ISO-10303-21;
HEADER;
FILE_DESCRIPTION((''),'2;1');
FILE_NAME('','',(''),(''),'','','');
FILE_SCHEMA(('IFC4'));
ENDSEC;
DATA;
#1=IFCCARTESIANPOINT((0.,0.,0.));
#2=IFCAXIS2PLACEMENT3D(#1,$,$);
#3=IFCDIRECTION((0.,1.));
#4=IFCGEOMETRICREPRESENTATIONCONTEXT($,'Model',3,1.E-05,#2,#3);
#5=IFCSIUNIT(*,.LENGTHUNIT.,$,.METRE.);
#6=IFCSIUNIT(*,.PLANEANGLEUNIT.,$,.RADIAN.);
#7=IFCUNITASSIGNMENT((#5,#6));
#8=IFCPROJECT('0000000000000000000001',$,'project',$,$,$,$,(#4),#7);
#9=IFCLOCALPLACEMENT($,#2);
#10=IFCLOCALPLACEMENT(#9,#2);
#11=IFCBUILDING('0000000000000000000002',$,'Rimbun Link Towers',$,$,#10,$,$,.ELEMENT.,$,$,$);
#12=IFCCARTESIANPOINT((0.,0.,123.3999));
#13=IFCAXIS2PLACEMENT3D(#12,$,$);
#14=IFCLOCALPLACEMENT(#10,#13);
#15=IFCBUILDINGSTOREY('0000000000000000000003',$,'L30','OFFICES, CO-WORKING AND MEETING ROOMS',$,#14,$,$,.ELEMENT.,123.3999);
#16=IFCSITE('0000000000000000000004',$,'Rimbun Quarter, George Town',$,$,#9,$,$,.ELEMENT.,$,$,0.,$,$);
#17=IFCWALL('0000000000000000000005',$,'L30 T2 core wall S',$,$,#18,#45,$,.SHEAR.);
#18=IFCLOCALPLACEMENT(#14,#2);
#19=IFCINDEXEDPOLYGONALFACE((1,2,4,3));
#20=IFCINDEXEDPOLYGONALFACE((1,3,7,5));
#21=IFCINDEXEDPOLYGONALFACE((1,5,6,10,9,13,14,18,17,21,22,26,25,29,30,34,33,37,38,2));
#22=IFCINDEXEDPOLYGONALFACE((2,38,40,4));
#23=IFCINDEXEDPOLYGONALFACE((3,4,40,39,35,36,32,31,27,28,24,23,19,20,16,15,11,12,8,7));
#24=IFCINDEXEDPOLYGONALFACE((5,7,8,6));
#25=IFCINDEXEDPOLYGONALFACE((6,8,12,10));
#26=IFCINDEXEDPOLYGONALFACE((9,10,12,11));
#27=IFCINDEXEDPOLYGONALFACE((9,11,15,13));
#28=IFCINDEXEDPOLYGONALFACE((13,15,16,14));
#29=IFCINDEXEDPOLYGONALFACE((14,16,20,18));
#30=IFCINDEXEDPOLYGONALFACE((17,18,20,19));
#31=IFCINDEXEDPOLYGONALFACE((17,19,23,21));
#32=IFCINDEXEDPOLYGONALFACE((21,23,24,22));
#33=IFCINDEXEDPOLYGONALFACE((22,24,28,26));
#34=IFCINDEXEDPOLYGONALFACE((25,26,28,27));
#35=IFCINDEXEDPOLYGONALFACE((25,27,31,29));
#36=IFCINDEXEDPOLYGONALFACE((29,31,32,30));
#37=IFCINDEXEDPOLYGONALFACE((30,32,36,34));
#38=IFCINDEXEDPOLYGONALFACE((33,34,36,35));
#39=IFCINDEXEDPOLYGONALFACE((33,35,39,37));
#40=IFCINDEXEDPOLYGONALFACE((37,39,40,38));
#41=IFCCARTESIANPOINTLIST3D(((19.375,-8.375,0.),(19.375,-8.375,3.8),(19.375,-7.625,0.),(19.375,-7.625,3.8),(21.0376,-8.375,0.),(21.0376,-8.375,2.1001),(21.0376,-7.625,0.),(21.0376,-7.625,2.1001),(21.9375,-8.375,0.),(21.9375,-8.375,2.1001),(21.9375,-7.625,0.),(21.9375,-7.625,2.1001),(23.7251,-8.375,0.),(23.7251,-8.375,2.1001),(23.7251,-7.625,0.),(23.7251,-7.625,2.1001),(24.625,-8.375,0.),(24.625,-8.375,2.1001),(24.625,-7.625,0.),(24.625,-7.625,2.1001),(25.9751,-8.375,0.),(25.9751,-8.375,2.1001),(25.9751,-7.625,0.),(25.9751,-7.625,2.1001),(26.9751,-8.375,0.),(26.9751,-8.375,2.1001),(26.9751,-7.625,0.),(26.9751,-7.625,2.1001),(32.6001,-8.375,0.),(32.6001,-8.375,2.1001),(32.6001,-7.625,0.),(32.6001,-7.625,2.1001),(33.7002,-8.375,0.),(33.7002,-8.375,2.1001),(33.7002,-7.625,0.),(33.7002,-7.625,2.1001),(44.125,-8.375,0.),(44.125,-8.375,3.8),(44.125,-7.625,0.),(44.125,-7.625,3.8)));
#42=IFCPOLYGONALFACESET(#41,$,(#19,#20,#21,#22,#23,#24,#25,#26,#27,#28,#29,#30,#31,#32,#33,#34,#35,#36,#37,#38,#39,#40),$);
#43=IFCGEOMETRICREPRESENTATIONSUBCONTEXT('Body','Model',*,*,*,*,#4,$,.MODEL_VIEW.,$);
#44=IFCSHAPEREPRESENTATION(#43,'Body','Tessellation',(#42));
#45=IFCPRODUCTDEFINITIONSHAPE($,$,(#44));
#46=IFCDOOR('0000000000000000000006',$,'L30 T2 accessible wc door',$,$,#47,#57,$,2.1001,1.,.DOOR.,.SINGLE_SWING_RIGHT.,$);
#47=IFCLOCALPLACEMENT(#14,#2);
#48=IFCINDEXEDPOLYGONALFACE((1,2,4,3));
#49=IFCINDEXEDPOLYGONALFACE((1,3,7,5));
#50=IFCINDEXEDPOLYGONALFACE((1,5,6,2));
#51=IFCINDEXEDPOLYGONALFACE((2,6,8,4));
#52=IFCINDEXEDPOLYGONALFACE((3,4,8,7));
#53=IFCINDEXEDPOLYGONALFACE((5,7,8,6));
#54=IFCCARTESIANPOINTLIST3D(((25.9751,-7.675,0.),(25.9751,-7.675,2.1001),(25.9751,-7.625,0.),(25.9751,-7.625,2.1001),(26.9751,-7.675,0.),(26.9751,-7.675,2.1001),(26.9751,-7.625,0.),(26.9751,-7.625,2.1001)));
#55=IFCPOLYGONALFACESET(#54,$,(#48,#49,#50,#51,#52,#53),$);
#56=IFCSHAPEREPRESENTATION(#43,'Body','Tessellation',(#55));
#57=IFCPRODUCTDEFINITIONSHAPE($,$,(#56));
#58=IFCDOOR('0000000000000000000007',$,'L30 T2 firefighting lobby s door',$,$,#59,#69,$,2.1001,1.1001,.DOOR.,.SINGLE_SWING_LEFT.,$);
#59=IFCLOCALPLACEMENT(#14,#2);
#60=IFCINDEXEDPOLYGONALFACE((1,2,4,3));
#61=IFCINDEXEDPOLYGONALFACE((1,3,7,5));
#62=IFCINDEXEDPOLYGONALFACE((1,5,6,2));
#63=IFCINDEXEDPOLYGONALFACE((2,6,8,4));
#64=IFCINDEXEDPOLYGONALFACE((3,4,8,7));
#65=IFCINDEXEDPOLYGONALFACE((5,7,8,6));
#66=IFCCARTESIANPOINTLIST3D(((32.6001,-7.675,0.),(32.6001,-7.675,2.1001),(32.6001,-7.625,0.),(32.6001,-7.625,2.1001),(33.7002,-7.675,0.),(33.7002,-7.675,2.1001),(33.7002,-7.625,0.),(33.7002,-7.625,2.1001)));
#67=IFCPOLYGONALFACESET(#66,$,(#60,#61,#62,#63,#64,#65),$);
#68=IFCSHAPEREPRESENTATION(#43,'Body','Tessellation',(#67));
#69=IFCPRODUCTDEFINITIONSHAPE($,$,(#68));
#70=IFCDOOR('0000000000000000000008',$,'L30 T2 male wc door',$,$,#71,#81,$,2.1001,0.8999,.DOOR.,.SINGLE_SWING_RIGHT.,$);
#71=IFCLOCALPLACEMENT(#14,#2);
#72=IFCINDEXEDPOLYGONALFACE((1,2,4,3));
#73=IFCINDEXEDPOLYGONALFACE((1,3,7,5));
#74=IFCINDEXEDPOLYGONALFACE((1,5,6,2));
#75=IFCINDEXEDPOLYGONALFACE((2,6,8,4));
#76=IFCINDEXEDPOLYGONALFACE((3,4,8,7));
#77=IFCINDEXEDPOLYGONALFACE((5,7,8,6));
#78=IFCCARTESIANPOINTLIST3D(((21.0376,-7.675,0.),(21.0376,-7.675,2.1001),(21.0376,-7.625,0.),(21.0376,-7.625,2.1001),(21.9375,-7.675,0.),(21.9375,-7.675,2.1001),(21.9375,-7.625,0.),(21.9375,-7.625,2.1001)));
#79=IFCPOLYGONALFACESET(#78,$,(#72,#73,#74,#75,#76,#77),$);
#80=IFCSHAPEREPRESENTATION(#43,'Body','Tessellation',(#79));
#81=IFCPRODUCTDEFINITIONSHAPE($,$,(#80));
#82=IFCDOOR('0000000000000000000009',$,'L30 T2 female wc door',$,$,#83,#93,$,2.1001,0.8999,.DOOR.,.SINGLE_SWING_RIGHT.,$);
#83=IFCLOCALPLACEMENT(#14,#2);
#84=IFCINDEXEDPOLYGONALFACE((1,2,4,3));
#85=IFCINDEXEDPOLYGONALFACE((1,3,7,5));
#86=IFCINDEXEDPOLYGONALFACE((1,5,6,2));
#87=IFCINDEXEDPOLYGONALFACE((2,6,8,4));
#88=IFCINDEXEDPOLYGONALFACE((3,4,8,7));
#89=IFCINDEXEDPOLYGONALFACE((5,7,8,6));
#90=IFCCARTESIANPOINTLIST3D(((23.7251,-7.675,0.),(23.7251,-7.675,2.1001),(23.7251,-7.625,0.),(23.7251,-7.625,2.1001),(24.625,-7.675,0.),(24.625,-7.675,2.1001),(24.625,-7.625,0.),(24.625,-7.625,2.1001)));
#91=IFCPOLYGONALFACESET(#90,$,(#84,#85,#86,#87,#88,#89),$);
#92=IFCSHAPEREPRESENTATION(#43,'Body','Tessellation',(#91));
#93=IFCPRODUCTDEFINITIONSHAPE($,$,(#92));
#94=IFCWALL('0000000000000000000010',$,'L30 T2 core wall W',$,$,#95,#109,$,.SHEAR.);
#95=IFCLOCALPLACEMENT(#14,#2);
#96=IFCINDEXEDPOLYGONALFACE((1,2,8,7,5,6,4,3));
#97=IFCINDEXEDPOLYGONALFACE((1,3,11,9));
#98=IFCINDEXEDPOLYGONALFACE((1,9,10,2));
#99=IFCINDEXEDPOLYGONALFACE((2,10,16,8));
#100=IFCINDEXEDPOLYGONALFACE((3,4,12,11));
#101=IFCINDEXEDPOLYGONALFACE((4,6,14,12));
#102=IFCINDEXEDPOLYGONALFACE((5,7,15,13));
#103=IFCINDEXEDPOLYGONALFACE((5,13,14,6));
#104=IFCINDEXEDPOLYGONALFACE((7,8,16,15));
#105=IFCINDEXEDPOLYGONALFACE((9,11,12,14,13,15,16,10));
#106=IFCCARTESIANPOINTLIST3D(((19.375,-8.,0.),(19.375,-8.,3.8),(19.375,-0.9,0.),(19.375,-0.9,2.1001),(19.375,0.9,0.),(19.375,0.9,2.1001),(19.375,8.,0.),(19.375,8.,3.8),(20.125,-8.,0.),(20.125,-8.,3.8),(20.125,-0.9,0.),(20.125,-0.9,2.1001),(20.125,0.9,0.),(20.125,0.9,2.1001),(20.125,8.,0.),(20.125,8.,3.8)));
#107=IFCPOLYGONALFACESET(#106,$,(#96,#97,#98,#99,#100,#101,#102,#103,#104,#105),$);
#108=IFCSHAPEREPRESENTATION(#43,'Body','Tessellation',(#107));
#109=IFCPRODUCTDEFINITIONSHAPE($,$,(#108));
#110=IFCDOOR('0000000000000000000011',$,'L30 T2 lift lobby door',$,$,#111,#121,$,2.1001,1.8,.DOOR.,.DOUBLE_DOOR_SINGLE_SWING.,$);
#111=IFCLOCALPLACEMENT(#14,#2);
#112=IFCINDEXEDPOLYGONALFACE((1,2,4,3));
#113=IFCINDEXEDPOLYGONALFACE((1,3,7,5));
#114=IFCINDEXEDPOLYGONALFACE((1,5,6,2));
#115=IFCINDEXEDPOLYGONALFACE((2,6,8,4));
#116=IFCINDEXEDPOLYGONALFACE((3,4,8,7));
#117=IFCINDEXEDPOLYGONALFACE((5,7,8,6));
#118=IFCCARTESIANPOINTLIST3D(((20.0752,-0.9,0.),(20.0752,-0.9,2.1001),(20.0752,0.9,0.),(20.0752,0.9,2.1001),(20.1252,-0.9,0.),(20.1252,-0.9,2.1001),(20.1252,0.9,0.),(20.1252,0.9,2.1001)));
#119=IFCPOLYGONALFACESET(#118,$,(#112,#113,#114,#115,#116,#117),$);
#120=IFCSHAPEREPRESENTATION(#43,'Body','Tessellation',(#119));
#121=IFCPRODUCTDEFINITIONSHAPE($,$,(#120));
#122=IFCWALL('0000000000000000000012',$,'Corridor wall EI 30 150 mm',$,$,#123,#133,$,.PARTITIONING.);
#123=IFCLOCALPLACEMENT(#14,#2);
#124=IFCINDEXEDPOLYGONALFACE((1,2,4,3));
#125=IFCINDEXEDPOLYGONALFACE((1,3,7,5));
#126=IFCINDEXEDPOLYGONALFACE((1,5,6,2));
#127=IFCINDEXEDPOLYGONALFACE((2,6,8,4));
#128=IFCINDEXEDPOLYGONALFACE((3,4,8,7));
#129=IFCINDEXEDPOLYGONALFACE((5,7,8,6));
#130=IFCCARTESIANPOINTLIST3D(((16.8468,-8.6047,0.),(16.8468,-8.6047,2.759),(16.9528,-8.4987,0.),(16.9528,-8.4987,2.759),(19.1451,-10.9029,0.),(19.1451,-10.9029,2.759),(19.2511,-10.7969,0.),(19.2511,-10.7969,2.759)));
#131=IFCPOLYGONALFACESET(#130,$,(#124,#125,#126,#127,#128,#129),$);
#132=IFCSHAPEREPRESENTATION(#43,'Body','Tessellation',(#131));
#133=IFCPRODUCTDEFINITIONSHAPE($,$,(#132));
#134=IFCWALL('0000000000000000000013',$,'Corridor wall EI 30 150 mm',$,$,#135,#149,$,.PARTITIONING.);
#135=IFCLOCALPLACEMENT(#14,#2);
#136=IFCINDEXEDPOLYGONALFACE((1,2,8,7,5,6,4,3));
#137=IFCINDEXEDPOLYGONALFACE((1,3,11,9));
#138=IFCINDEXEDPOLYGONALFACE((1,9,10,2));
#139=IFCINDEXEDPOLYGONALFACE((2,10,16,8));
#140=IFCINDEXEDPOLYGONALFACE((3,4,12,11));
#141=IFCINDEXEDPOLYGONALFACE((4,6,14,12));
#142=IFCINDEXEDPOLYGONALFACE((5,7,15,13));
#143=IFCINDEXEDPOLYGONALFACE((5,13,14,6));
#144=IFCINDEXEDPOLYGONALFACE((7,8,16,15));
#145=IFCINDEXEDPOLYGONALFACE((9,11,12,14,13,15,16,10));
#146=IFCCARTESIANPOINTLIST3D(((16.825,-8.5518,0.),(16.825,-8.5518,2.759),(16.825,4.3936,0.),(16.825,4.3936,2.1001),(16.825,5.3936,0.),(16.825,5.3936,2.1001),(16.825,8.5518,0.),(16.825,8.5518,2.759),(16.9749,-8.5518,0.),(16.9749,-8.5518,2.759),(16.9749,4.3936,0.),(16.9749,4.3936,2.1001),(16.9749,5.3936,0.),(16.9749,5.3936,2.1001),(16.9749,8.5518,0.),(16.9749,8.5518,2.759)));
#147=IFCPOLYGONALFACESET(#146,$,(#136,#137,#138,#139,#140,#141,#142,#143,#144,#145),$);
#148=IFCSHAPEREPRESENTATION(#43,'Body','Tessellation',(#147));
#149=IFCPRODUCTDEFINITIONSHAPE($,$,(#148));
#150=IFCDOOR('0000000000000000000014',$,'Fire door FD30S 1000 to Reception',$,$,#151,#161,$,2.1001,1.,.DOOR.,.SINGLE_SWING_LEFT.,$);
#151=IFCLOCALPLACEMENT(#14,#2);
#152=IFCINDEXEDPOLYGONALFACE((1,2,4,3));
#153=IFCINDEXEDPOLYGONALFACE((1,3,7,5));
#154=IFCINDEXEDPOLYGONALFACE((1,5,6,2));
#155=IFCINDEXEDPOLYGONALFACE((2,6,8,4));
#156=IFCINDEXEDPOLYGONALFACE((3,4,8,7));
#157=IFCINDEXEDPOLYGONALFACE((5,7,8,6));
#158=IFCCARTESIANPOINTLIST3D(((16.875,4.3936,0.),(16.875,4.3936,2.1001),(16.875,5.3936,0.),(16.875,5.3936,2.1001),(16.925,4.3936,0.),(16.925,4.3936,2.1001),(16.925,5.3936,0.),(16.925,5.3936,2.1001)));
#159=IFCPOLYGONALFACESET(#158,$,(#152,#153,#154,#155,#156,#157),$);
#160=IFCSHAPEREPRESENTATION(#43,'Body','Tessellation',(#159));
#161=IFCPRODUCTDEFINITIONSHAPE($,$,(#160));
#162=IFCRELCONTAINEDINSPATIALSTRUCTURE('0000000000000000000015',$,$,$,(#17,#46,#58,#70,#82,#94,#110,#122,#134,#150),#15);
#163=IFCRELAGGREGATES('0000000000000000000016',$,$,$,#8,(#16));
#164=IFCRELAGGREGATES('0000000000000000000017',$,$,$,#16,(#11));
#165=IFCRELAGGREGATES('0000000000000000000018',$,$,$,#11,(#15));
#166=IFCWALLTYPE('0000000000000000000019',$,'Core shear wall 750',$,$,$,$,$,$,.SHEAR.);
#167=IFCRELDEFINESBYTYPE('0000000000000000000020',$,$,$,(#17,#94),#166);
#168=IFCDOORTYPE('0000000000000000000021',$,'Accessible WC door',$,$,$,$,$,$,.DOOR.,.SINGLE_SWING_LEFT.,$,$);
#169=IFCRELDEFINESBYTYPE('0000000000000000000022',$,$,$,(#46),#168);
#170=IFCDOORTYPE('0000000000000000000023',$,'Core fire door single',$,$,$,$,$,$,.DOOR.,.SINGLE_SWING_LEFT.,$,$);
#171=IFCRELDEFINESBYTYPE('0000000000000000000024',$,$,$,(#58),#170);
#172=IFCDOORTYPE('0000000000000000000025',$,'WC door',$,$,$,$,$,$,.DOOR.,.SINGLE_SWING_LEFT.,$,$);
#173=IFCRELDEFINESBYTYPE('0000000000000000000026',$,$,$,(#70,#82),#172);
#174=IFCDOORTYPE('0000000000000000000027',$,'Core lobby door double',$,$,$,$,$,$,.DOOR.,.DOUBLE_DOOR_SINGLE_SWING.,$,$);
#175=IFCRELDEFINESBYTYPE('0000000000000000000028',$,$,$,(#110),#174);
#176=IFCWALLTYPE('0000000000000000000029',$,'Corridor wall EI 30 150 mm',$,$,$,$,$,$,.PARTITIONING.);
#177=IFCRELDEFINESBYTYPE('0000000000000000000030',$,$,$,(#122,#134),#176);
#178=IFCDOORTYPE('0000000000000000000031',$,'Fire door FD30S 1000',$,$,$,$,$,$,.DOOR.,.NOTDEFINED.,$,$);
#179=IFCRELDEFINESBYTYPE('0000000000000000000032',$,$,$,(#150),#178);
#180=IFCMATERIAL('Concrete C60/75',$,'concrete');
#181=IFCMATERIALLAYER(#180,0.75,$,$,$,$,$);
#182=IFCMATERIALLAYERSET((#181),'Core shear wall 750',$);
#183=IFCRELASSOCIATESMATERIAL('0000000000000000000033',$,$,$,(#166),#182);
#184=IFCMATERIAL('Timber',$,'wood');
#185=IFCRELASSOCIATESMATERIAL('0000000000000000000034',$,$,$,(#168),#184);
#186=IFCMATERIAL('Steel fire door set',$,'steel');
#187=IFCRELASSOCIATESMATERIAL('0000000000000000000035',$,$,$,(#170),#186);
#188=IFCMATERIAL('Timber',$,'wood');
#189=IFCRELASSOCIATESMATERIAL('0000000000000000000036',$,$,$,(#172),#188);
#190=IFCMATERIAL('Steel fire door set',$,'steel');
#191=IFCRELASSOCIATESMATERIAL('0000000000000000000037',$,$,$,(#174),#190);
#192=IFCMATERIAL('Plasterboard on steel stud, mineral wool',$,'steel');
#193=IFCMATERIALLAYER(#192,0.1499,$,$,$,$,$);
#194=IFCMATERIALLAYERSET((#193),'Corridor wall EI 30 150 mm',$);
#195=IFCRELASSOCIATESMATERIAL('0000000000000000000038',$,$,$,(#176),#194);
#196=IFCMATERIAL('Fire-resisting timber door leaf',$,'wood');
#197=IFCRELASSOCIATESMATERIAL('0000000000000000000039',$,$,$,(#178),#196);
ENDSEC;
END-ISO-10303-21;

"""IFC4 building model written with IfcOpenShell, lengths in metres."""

from ifc_helpers import new_model, si_unit, direction, frame, frame_2d, origin, place, context, subcontext, project, spatial, rectangle, extrude, material, layer, layer_set, type_object, element, fill, save


model = new_model("IFC4")

# Units and contexts
model_context = context("Model", 3, precision=1e-05, world=origin(), true_north=direction((0.0, 1.0)))
body_context = subcontext(model_context, "Body", "Model", "MODEL_VIEW")
ifc_project = project(units=[si_unit("LENGTHUNIT", "METRE"), si_unit("PLANEANGLEUNIT", "RADIAN")], contexts=[model_context])

# Site, building, storey
site_placement = place(None, origin())
site = spatial("IfcSite", under=ifc_project, at=site_placement, Name="Rimbun Quarter, George Town", CompositionType="ELEMENT", RefElevation=0.0)
building_placement = place(site_placement, origin())
building = spatial("IfcBuilding", under=site, at=building_placement, Name="Rimbun Link Towers", CompositionType="ELEMENT")
storey_placement = place(building_placement, frame((0.0, 0.0, 123.3999)))
storey = spatial("IfcBuildingStorey", under=building, at=storey_placement, Name="L30", Description="OFFICES, CO-WORKING AND MEETING ROOMS", CompositionType="ELEMENT", Elevation=123.3999)

# Wall, openings, doors
ifc_material_1 = material(Name="Concrete C60/75", Category="concrete")
ifc_layer_1 = layer(ifc_material_1, 0.75)
ifc_layer_set_1 = layer_set([ifc_layer_1], Name="Core shear wall 750")
wall_type_1 = type_object("IfcWallType", Name="Core shear wall 750", PredefinedType="SHEAR", material=ifc_layer_set_1)
wall_1_placement = place(storey_placement, frame((19.375, -8.0, 0.0), z_axis=(0.0, 0.0, 1.0), x_axis=(1.0, 0.0, 0.0)))
wall_1 = element("IfcWall", 1, at=wall_1_placement, inside=storey, type_object=wall_type_1, Name="L30 T2 core wall S", PredefinedType="SHEAR", context=body_context, shape_type="SweptSolid", body=[
    extrude(rectangle(XDim=24.75, YDim=0.75, at=frame_2d((12.375, 0.0))), origin(), (0.0, 0.0, 1.0), 3.8),
])
opening_1_placement = place(wall_1_placement, frame((13.2251, 0.0, 0.0)))
opening_1 = element("IfcOpeningElement", 2, at=opening_1_placement, cuts=wall_1, PredefinedType="OPENING", context=body_context, shape_type="SweptSolid", body=[
    extrude(rectangle(XDim=1.1001, YDim=2.1001, at=frame_2d((0.55, 1.05))), frame((0.0, 0.385, 0.0), z_axis=(0.0, -1.0, 0.0), x_axis=(1.0, 0.0, 0.0)), (0.0, 0.0, 1.0), 0.77),
])
opening_2_placement = place(wall_1_placement, frame((1.6626, 0.0, 0.0)))
opening_2 = element("IfcOpeningElement", 3, at=opening_2_placement, cuts=wall_1, PredefinedType="OPENING", context=body_context, shape_type="SweptSolid", body=[
    extrude(rectangle(XDim=0.8999, YDim=2.1001, at=frame_2d((0.45, 1.05))), frame((0.0, 0.385, 0.0), z_axis=(0.0, -1.0, 0.0), x_axis=(1.0, 0.0, 0.0)), (0.0, 0.0, 1.0), 0.77),
])
opening_3_placement = place(wall_1_placement, frame((4.3501, 0.0, 0.0)))
opening_3 = element("IfcOpeningElement", 4, at=opening_3_placement, cuts=wall_1, PredefinedType="OPENING", context=body_context, shape_type="SweptSolid", body=[
    extrude(rectangle(XDim=0.8999, YDim=2.1001, at=frame_2d((0.45, 1.05))), frame((0.0, 0.385, 0.0), z_axis=(0.0, -1.0, 0.0), x_axis=(1.0, 0.0, 0.0)), (0.0, 0.0, 1.0), 0.77),
])
opening_4_placement = place(wall_1_placement, frame((6.6001, 0.0, 0.0)))
opening_4 = element("IfcOpeningElement", 5, at=opening_4_placement, cuts=wall_1, PredefinedType="OPENING", context=body_context, shape_type="SweptSolid", body=[
    extrude(rectangle(XDim=1.0, YDim=2.1001, at=frame_2d((0.5, 1.05))), frame((0.0, 0.385, 0.0), z_axis=(0.0, -1.0, 0.0), x_axis=(1.0, 0.0, 0.0)), (0.0, 0.0, 1.0), 0.77),
])
ifc_material_2 = material(Name="Timber", Category="wood")
door_type_1 = type_object("IfcDoorType", Name="Accessible WC door", OperationType="SINGLE_SWING_LEFT", PredefinedType="DOOR", material=ifc_material_2)
door_1_placement = place(opening_4_placement, origin())
door_1 = element("IfcDoor", 6, at=door_1_placement, inside=storey, type_object=door_type_1, Name="L30 T2 accessible wc door", OperationType="SINGLE_SWING_RIGHT", OverallHeight=2.1001, OverallWidth=1.0, PredefinedType="DOOR", context=body_context, shape_type="SweptSolid", body=[
    extrude(rectangle(XDim=1.0, YDim=2.1001, at=frame_2d((0.5, 1.05))), frame((0.0, 0.375, 0.0), z_axis=(0.0, -1.0, 0.0), x_axis=(1.0, 0.0, 0.0)), (0.0, 0.0, 1.0), 0.05),
])
fill(opening_4, door_1)
ifc_material_3 = material(Name="Steel fire door set", Category="steel")
door_type_2 = type_object("IfcDoorType", Name="Core fire door single", OperationType="SINGLE_SWING_LEFT", PredefinedType="DOOR", material=ifc_material_3)
door_2_placement = place(opening_1_placement, origin())
door_2 = element("IfcDoor", 7, at=door_2_placement, inside=storey, type_object=door_type_2, Name="L30 T2 firefighting lobby s door", OperationType="SINGLE_SWING_LEFT", OverallHeight=2.1001, OverallWidth=1.1001, PredefinedType="DOOR", context=body_context, shape_type="SweptSolid", body=[
    extrude(rectangle(XDim=1.1001, YDim=2.1001, at=frame_2d((0.55, 1.05))), frame((0.0, 0.375, 0.0), z_axis=(0.0, -1.0, 0.0), x_axis=(1.0, 0.0, 0.0)), (0.0, 0.0, 1.0), 0.05),
])
fill(opening_1, door_2)
ifc_material_4 = material(Name="Timber", Category="wood")
door_type_3 = type_object("IfcDoorType", Name="WC door", OperationType="SINGLE_SWING_LEFT", PredefinedType="DOOR", material=ifc_material_4)
door_3_placement = place(opening_2_placement, origin())
door_3 = element("IfcDoor", 8, at=door_3_placement, inside=storey, type_object=door_type_3, Name="L30 T2 male wc door", OperationType="SINGLE_SWING_RIGHT", OverallHeight=2.1001, OverallWidth=0.8999, PredefinedType="DOOR", context=body_context, shape_type="SweptSolid", body=[
    extrude(rectangle(XDim=0.8999, YDim=2.1001, at=frame_2d((0.45, 1.05))), frame((0.0, 0.375, 0.0), z_axis=(0.0, -1.0, 0.0), x_axis=(1.0, 0.0, 0.0)), (0.0, 0.0, 1.0), 0.05),
])
fill(opening_2, door_3)
door_4_placement = place(opening_3_placement, origin())
door_4 = element("IfcDoor", 9, at=door_4_placement, inside=storey, type_object=door_type_3, Name="L30 T2 female wc door", OperationType="SINGLE_SWING_RIGHT", OverallHeight=2.1001, OverallWidth=0.8999, PredefinedType="DOOR", context=body_context, shape_type="SweptSolid", body=[
    extrude(rectangle(XDim=0.8999, YDim=2.1001, at=frame_2d((0.45, 1.05))), frame((0.0, 0.375, 0.0), z_axis=(0.0, -1.0, 0.0), x_axis=(1.0, 0.0, 0.0)), (0.0, 0.0, 1.0), 0.05),
])
fill(opening_3, door_4)

# Wall, opening, door
wall_2_placement = place(storey_placement, frame((19.75, -8.0, 0.0), z_axis=(0.0, 0.0, 1.0), x_axis=(0.0, 1.0, 0.0)))
wall_2 = element("IfcWall", 10, at=wall_2_placement, inside=storey, type_object=wall_type_1, Name="L30 T2 core wall W", PredefinedType="SHEAR", context=body_context, shape_type="SweptSolid", body=[
    extrude(rectangle(XDim=16.0, YDim=0.75, at=frame_2d((8.0, 0.0))), origin(), (0.0, 0.0, 1.0), 3.8),
])
opening_5_placement = place(wall_2_placement, frame((7.1001, 0.0, 0.0)))
opening_5 = element("IfcOpeningElement", 11, at=opening_5_placement, cuts=wall_2, PredefinedType="OPENING", context=body_context, shape_type="SweptSolid", body=[
    extrude(rectangle(XDim=1.8, YDim=2.1001, at=frame_2d((0.8999, 1.05))), frame((0.0, 0.385, 0.0), z_axis=(0.0, -1.0, 0.0), x_axis=(1.0, 0.0, 0.0)), (0.0, 0.0, 1.0), 0.77),
])
ifc_material_5 = material(Name="Steel fire door set", Category="steel")
door_type_4 = type_object("IfcDoorType", Name="Core lobby door double", OperationType="DOUBLE_DOOR_SINGLE_SWING", PredefinedType="DOOR", material=ifc_material_5)
door_5_placement = place(opening_5_placement, origin())
door_5 = element("IfcDoor", 12, at=door_5_placement, inside=storey, type_object=door_type_4, Name="L30 T2 lift lobby door", OperationType="DOUBLE_DOOR_SINGLE_SWING", OverallHeight=2.1001, OverallWidth=1.8, PredefinedType="DOOR", context=body_context, shape_type="SweptSolid", body=[
    extrude(rectangle(XDim=1.8, YDim=2.1001, at=frame_2d((0.8999, 1.05))), frame((0.0, -0.3252, 0.0), z_axis=(0.0, -1.0, 0.0), x_axis=(1.0, 0.0, 0.0)), (0.0, 0.0, 1.0), 0.05),
])
fill(opening_5, door_5)

# Wall
ifc_material_6 = material(Name="Plasterboard on steel stud, mineral wool", Category="steel")
ifc_layer_2 = layer(ifc_material_6, 0.1499)
ifc_layer_set_2 = layer_set([ifc_layer_2], Name="Corridor wall EI 30 150 mm")
wall_type_2 = type_object("IfcWallType", Name="Corridor wall EI 30 150 mm", PredefinedType="PARTITIONING", material=ifc_layer_set_2)
wall_3_placement = place(storey_placement, frame((16.8999, -8.5518, 0.0), z_axis=(0.0, 0.0, 1.0), x_axis=(0.707107, -0.707107, 0.0)))
element("IfcWall", 13, at=wall_3_placement, inside=storey, type_object=wall_type_2, Name="Corridor wall EI 30 150 mm", PredefinedType="PARTITIONING", context=body_context, shape_type="SweptSolid", body=[
    extrude(rectangle(XDim=3.2502, YDim=0.1499, at=frame_2d((1.625, 0.0))), origin(), (0.0, 0.0, 1.0), 2.759),
])

# Wall, opening, door
wall_4_placement = place(storey_placement, frame((16.8999, -8.5518, 0.0), z_axis=(0.0, 0.0, 1.0), x_axis=(0.0, 1.0, 0.0)))
wall_4 = element("IfcWall", 14, at=wall_4_placement, inside=storey, type_object=wall_type_2, Name="Corridor wall EI 30 150 mm", PredefinedType="PARTITIONING", context=body_context, shape_type="SweptSolid", body=[
    extrude(rectangle(XDim=17.1035, YDim=0.1499, at=frame_2d((8.5518, 0.0))), origin(), (0.0, 0.0, 1.0), 2.759),
])
opening_6_placement = place(wall_4_placement, frame((12.9453, 0.0, 0.0)))
opening_6 = element("IfcOpeningElement", 15, at=opening_6_placement, cuts=wall_4, PredefinedType="OPENING", context=body_context, shape_type="SweptSolid", body=[
    extrude(rectangle(XDim=1.0, YDim=2.1001, at=frame_2d((0.5, 1.05))), frame((0.0, 0.085, 0.0), z_axis=(0.0, -1.0, 0.0), x_axis=(1.0, 0.0, 0.0)), (0.0, 0.0, 1.0), 0.1699),
])
ifc_material_7 = material(Name="Fire-resisting timber door leaf", Category="wood")
door_type_5 = type_object("IfcDoorType", Name="Fire door FD30S 1000", OperationType="NOTDEFINED", PredefinedType="DOOR", material=ifc_material_7)
door_6_placement = place(opening_6_placement, origin())
door_6 = element("IfcDoor", 16, at=door_6_placement, inside=storey, type_object=door_type_5, Name="Fire door FD30S 1000 to Reception", OperationType="SINGLE_SWING_LEFT", OverallHeight=2.1001, OverallWidth=1.0, PredefinedType="DOOR", context=body_context, shape_type="SweptSolid", body=[
    extrude(rectangle(XDim=1.0, YDim=2.1001, at=frame_2d((0.5, 1.05))), frame((0.0, 0.0249, 0.0), z_axis=(0.0, -1.0, 0.0), x_axis=(1.0, 0.0, 0.0)), (0.0, 0.0, 1.0), 0.05),
])
fill(opening_6, door_6)

save(model, "model.ifc")
